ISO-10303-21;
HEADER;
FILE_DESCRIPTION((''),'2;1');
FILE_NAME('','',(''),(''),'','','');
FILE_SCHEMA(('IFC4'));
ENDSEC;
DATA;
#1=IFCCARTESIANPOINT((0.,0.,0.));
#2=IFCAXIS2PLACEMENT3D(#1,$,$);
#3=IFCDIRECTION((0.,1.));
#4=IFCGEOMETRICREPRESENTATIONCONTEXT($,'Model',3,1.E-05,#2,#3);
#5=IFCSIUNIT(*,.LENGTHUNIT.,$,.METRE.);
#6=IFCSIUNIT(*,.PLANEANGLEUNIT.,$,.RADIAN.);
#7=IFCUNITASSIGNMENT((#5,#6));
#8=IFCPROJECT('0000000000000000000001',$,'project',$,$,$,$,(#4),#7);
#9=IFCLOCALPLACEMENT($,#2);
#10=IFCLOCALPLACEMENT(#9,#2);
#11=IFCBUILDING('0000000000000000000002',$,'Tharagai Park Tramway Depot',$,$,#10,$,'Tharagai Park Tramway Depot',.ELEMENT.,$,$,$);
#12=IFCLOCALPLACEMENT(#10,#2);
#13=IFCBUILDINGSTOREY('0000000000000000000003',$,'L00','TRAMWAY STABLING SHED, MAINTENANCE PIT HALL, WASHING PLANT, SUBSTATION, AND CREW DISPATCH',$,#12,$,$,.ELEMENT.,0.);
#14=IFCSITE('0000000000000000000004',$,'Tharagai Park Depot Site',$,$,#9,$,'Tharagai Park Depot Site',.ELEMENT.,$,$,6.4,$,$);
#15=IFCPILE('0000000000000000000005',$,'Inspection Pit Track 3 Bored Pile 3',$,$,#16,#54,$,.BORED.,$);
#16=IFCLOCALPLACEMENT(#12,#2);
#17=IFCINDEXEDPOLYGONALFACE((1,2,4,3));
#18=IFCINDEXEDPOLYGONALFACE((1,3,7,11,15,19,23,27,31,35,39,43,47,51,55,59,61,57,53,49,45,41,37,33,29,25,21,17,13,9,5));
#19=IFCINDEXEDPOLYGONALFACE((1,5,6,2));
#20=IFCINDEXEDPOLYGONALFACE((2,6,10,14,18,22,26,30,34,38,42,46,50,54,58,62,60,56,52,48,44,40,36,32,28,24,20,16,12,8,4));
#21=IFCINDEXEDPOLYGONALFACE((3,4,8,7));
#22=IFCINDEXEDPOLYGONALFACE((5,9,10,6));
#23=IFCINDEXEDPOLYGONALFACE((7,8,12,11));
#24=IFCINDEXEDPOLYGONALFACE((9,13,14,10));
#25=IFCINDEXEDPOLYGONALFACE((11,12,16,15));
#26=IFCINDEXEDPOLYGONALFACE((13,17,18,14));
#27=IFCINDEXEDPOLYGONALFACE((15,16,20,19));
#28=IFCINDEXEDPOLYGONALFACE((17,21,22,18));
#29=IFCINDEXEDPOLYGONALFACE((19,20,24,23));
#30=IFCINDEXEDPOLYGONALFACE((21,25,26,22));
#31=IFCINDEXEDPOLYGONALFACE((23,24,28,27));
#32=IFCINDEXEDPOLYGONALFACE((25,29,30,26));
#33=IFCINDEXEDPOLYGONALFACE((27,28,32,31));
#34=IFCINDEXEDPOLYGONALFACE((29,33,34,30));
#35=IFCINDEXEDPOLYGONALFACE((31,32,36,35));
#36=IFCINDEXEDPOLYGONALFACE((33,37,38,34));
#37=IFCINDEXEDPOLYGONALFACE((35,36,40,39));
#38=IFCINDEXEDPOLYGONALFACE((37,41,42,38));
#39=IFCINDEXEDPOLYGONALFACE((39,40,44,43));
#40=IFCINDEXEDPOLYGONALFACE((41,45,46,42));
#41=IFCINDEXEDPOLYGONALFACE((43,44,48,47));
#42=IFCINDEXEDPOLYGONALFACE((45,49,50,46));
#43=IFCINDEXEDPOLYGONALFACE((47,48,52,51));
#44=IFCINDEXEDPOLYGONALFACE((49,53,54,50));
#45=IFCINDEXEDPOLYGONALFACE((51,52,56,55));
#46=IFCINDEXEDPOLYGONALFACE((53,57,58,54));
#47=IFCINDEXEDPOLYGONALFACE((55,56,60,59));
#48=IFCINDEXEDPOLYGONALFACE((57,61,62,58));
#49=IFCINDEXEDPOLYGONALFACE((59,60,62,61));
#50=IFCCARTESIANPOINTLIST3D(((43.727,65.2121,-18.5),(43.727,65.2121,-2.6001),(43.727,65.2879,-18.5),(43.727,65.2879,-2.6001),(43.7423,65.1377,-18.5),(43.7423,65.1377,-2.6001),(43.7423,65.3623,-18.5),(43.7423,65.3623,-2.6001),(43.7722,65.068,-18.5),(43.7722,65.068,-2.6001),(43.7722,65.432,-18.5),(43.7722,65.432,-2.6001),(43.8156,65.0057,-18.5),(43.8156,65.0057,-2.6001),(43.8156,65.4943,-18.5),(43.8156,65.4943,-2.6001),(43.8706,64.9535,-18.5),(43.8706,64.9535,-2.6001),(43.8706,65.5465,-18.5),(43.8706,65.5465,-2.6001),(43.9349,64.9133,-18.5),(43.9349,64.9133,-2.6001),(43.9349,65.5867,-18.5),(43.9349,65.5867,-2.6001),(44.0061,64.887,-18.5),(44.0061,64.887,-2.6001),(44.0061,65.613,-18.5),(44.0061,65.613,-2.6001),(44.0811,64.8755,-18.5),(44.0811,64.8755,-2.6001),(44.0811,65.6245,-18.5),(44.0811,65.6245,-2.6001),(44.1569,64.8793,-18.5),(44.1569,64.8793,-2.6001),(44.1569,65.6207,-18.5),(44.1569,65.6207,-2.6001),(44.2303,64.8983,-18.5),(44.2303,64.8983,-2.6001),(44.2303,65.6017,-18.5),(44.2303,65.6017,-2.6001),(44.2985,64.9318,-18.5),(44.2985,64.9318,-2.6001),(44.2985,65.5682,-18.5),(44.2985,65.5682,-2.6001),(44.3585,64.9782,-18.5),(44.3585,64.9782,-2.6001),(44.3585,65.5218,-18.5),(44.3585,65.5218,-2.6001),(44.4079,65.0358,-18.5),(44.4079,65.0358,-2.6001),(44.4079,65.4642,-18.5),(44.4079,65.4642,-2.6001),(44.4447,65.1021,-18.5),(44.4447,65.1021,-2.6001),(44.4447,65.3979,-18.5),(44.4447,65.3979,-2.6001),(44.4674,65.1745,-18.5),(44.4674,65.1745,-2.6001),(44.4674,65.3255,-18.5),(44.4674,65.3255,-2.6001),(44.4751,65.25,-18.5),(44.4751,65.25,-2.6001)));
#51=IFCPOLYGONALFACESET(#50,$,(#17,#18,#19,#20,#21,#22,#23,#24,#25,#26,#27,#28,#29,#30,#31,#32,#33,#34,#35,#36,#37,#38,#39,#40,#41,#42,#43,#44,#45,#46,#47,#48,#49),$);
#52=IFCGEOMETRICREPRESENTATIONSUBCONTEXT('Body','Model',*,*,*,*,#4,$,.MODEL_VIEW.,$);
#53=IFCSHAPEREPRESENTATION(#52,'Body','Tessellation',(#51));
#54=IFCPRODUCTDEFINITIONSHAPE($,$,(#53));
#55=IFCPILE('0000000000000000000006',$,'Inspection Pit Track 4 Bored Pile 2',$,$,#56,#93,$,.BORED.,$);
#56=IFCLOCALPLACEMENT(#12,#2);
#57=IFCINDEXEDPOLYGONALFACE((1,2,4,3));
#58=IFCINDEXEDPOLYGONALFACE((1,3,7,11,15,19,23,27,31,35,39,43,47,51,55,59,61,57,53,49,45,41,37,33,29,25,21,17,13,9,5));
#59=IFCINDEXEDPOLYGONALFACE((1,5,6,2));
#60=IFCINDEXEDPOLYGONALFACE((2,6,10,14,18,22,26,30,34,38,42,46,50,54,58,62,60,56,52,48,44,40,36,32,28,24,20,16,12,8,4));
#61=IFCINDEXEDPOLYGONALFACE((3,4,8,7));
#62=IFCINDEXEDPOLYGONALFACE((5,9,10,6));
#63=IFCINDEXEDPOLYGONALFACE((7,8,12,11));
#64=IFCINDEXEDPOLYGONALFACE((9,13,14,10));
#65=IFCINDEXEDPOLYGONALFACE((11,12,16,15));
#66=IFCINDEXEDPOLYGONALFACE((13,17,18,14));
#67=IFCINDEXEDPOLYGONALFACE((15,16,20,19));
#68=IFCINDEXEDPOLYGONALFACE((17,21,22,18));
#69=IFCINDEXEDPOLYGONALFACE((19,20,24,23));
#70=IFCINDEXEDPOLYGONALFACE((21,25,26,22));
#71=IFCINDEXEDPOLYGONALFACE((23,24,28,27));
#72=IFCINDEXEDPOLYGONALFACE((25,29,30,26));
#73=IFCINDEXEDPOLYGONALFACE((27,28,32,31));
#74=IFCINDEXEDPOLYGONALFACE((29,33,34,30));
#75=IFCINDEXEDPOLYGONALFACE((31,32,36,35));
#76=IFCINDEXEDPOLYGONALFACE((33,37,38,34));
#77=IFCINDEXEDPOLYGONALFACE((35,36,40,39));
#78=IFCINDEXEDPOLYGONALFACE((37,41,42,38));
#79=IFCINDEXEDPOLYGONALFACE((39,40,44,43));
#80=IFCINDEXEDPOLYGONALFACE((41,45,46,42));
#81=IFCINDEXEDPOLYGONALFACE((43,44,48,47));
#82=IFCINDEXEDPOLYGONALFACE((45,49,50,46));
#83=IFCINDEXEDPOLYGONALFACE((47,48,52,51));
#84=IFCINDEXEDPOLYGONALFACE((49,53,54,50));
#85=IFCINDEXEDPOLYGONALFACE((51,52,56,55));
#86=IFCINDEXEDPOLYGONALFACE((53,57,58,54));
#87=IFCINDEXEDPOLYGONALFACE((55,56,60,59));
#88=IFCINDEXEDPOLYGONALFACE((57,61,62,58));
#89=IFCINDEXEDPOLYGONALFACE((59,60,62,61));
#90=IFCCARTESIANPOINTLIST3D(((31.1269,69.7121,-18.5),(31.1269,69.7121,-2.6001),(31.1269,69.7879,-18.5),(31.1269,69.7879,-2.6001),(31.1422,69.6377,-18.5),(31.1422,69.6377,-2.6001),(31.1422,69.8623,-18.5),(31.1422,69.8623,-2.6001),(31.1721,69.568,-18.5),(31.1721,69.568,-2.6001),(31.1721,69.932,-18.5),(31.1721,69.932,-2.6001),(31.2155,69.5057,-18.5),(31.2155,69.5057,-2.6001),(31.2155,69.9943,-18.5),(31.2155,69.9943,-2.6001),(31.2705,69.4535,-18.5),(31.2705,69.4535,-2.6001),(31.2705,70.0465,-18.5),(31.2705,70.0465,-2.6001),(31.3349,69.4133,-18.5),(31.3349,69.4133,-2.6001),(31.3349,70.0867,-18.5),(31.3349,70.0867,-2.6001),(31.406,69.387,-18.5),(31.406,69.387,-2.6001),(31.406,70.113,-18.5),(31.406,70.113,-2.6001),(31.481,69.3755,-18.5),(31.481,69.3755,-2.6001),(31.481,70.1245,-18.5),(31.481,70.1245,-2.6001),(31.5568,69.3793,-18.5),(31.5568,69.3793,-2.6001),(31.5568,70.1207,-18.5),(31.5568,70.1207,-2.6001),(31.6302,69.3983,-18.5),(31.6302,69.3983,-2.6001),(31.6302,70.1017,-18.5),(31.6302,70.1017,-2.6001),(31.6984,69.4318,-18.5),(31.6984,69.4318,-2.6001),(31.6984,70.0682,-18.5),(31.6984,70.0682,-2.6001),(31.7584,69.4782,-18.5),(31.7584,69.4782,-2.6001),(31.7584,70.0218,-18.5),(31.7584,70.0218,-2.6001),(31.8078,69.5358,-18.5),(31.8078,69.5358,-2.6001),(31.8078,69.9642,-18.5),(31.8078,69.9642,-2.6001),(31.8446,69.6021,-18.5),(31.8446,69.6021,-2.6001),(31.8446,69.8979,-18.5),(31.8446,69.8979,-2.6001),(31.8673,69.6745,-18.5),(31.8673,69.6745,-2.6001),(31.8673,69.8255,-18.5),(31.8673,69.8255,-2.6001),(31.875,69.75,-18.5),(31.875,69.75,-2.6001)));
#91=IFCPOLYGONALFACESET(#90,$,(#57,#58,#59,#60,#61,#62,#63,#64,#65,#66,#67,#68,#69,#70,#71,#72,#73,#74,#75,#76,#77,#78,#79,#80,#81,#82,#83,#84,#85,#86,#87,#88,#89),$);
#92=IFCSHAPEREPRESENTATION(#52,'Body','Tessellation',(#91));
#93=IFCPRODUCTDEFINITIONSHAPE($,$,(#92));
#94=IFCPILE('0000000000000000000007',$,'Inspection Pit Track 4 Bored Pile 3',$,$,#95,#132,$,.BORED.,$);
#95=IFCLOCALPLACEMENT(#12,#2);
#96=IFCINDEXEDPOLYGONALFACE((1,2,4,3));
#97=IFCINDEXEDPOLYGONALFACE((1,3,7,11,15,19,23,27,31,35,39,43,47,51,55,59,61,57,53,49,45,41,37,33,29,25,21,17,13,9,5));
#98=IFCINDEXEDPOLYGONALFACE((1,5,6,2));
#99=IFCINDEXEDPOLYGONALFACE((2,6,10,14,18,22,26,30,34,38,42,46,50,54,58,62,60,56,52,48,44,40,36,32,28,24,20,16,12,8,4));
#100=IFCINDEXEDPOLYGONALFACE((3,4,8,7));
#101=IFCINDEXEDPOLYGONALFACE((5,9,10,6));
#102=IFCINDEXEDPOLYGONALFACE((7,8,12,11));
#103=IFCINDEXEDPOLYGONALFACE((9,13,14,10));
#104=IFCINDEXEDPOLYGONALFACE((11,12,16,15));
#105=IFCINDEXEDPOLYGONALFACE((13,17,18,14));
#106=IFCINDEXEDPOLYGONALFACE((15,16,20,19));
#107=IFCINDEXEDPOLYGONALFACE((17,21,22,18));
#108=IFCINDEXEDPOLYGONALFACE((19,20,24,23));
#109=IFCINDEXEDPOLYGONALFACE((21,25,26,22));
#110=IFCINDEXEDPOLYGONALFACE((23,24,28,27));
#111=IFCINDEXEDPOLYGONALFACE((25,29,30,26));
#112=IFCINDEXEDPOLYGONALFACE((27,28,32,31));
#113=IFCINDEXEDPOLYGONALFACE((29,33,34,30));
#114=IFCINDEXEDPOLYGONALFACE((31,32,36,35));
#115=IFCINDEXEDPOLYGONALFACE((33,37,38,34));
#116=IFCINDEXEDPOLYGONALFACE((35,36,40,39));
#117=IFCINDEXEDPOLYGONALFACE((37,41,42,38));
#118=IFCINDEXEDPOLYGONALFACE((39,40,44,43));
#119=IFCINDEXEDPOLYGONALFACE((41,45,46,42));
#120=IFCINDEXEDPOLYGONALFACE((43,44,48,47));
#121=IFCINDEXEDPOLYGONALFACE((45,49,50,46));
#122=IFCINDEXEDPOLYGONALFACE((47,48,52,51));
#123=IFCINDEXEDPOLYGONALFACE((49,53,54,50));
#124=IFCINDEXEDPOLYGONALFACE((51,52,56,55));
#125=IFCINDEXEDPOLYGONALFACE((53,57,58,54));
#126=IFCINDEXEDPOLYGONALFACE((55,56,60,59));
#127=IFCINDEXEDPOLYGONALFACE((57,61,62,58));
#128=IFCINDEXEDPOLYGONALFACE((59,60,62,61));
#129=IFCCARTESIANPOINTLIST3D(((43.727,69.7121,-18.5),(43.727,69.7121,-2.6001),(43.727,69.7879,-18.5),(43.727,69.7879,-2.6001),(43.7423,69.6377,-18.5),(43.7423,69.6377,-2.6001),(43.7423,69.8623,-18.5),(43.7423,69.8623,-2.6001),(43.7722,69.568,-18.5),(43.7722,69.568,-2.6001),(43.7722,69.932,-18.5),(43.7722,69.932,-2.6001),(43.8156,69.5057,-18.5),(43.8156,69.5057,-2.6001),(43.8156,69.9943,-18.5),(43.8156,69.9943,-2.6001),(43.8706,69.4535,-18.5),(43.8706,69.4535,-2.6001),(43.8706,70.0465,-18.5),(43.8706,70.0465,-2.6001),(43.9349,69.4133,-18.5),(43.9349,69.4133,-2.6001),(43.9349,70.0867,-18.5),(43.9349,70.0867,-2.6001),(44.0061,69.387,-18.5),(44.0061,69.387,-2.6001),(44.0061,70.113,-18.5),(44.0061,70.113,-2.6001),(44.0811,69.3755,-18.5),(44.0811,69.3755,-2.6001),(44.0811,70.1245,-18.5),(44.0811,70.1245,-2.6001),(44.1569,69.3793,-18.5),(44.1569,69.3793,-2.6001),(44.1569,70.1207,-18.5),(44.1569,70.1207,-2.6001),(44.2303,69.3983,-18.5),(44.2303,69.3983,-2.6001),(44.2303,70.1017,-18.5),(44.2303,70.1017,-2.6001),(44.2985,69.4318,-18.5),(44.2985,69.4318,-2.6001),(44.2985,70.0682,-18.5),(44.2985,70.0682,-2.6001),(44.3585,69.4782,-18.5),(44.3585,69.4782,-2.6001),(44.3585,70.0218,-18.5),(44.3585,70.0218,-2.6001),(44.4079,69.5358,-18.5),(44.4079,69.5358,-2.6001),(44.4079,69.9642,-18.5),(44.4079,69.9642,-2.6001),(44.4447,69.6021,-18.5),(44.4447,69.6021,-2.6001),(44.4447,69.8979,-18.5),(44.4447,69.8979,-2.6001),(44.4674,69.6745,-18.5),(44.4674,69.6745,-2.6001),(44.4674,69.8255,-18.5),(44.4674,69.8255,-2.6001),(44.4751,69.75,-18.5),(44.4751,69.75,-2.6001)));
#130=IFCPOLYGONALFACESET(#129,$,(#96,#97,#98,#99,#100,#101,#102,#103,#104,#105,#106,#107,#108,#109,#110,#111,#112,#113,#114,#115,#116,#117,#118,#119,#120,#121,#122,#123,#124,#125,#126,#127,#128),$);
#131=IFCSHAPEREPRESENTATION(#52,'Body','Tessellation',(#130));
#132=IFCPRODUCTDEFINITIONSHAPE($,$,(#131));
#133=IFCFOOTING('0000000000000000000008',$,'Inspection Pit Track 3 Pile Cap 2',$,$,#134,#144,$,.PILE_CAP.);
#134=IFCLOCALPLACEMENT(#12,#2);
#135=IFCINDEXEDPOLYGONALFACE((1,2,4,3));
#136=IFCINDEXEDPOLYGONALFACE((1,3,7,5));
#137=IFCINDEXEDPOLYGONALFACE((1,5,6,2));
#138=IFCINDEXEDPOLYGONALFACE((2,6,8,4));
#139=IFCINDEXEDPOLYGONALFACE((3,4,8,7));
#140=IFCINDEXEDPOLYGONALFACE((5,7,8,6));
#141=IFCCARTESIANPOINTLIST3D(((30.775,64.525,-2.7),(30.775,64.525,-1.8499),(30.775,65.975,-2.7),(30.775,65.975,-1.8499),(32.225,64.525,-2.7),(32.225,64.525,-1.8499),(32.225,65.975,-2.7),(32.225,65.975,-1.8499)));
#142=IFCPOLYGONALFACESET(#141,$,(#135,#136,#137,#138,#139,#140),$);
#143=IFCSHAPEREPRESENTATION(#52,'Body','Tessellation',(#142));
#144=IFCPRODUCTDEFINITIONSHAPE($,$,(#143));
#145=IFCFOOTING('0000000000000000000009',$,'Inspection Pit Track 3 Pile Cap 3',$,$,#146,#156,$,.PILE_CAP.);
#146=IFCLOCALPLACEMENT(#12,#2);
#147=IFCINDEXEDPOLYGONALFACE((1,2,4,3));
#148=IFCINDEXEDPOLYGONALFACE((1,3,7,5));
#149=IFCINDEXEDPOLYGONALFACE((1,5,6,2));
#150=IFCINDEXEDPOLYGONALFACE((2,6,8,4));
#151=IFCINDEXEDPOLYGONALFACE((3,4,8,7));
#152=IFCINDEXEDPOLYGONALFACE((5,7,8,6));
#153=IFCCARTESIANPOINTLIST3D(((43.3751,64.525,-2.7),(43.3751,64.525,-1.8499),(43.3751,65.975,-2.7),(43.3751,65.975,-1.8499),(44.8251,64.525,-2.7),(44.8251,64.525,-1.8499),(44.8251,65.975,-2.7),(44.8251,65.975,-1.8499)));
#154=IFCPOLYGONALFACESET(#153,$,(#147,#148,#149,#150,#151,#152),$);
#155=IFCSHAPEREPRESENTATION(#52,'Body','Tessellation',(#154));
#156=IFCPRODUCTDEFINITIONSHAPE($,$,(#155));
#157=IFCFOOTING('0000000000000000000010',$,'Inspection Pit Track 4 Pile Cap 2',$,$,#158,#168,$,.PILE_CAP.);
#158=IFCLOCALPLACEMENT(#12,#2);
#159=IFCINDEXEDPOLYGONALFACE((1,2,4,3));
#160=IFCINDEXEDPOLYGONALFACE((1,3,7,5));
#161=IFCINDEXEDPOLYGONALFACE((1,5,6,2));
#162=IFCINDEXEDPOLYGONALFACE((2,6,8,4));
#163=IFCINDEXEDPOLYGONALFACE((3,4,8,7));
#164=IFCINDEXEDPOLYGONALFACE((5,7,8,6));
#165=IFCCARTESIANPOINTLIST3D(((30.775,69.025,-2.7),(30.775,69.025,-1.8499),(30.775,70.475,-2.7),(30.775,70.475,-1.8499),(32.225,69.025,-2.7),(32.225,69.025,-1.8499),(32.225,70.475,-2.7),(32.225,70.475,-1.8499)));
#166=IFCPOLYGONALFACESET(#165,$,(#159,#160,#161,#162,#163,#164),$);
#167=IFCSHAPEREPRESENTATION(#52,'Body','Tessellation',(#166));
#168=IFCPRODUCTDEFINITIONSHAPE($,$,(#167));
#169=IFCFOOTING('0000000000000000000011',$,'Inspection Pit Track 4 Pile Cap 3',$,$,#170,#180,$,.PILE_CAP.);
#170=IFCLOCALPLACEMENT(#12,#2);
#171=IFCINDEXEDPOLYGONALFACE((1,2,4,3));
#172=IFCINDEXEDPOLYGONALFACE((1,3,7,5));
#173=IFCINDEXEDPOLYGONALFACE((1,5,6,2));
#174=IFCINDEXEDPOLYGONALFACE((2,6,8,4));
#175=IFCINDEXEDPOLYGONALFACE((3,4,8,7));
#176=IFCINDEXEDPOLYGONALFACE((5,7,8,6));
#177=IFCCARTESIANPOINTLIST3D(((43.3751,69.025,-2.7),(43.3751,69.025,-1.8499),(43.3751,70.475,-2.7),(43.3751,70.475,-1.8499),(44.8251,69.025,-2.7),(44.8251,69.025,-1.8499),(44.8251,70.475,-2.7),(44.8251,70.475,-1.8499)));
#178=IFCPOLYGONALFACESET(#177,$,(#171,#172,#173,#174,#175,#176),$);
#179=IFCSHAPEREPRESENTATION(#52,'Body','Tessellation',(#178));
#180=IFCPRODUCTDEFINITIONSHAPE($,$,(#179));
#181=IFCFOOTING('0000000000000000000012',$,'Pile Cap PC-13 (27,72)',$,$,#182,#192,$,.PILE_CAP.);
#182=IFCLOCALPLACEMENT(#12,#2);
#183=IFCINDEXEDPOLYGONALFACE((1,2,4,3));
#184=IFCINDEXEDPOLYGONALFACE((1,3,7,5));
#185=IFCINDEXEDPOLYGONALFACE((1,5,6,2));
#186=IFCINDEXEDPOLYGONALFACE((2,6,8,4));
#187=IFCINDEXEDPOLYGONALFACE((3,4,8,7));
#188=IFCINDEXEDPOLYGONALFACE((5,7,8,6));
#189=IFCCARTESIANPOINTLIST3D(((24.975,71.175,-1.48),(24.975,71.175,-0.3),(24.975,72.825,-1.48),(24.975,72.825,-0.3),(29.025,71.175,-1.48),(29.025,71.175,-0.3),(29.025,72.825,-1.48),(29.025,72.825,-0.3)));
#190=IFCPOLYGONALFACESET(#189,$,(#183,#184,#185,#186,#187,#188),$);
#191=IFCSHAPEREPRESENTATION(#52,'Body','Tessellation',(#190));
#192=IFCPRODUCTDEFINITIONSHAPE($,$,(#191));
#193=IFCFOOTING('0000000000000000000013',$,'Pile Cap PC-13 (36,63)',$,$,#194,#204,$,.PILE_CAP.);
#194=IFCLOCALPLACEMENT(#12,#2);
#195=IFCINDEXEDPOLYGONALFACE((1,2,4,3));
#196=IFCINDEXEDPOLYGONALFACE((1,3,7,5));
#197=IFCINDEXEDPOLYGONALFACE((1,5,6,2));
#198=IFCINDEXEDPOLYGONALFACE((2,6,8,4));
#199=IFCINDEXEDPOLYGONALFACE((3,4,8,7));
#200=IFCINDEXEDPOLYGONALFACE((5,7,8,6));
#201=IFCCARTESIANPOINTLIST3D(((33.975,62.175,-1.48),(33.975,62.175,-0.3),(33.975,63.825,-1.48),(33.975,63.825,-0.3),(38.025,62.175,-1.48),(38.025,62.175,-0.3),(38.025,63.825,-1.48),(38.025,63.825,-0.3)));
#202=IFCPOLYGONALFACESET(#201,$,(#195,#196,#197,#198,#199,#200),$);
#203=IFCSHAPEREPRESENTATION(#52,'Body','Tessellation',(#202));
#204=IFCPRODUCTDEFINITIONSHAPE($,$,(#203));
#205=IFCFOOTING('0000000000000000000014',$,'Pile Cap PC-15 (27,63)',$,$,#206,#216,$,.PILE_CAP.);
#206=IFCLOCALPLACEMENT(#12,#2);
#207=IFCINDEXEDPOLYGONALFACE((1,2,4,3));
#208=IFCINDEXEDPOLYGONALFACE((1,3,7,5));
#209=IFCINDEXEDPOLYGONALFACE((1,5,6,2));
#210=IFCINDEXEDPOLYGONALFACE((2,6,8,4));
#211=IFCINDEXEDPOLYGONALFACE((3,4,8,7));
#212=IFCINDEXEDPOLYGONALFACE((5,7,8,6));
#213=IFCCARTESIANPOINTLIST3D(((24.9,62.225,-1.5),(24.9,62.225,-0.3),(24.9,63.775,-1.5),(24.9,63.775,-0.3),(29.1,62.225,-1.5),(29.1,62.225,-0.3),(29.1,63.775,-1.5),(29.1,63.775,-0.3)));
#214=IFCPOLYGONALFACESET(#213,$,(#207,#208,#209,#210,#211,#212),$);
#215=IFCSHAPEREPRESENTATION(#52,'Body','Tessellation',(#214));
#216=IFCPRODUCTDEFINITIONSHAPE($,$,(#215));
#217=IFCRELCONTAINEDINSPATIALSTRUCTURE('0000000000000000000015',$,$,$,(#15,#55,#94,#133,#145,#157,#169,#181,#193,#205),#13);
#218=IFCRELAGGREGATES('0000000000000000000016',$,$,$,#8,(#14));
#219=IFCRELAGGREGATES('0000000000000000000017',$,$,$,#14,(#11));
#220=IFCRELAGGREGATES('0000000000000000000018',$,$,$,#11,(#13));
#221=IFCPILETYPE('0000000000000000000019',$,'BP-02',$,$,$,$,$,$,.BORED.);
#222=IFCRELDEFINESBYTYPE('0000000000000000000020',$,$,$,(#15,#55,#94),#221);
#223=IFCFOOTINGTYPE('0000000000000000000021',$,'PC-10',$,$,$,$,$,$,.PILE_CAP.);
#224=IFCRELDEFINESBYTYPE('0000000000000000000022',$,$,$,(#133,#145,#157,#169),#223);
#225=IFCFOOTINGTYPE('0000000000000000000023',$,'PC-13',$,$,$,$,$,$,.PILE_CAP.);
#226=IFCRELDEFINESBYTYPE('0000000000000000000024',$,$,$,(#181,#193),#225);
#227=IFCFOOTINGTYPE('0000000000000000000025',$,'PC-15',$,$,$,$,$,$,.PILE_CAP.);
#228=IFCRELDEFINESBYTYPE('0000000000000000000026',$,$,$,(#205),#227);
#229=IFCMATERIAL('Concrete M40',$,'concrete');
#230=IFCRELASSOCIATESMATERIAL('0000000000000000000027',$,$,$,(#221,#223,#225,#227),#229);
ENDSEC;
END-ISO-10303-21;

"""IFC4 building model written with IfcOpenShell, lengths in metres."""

from ifc_helpers import new_model, si_unit, direction, frame, origin, origin_2d, place, context, subcontext, project, spatial, rectangle, circle, extrude, material, material_profile, profile_set, type_object, element, save


model = new_model("IFC4")

# Units and contexts
model_context = context("Model", 3, precision=1e-05, world=origin(), true_north=direction((0.0, 1.0)))
body_context = subcontext(model_context, "Body", "Model", "MODEL_VIEW")
ifc_project = project(units=[si_unit("LENGTHUNIT", "METRE"), si_unit("PLANEANGLEUNIT", "RADIAN")], contexts=[model_context])

# Site, building, storey
site_placement = place(None, origin())
site = spatial("IfcSite", under=ifc_project, at=site_placement, Name="Tharagai Park Depot Site", LongName="Tharagai Park Depot Site", CompositionType="ELEMENT", RefElevation=6.4)
building_placement = place(site_placement, origin())
building = spatial("IfcBuilding", under=site, at=building_placement, Name="Tharagai Park Tramway Depot", LongName="Tharagai Park Tramway Depot", CompositionType="ELEMENT")
storey_placement = place(building_placement, origin())
storey = spatial("IfcBuildingStorey", under=building, at=storey_placement, Name="L00", Description="TRAMWAY STABLING SHED, MAINTENANCE PIT HALL, WASHING PLANT, SUBSTATION, AND CREW DISPATCH", CompositionType="ELEMENT", Elevation=0.0)

# Piles
ifc_material = material(Name="Concrete M40", Category="concrete")
ifc_material_profile_1 = material_profile(ifc_material, circle(Radius=0.375, at=origin_2d()), Name="PILE D750")
ifc_profile_set_1 = profile_set([ifc_material_profile_1], Name="Concrete M40")
pile_type_1 = type_object("IfcPileType", Name="BP-02", PredefinedType="BORED", material=ifc_profile_set_1)
for number, where, z_axis, x_axis, name in (
    (1, (44.1001, 65.25, -2.6001), (0.0, 0.0, -1.0), (1.0, 0.0, 0.0), "Inspection Pit Track 3 Bored Pile 3"),
    (2, (31.5, 69.75, -2.6001), (0.0, 0.0, -1.0), (1.0, 0.0, 0.0), "Inspection Pit Track 4 Bored Pile 2"),
    (3, (44.1001, 69.75, -2.6001), (0.0, 0.0, -1.0), (1.0, 0.0, 0.0), "Inspection Pit Track 4 Bored Pile 3"),
):
    element("IfcPile", number, at=place(storey_placement, frame(where, z_axis=z_axis, x_axis=x_axis)), inside=storey, type_object=pile_type_1, Name=name, PredefinedType="BORED", context=body_context, shape_type="SweptSolid", body=[
        extrude(circle(Radius=0.375, at=origin_2d()), origin(), (0.0, 0.0, 1.0), 15.8999),
    ])

# Footings
footing_type_1 = type_object("IfcFootingType", Name="PC-10", PredefinedType="PILE_CAP", material=ifc_material)
for number, where, z_axis, x_axis, name in (
    (4, (31.5, 65.25, -2.7), (0.0, 0.0, 1.0), (1.0, 0.0, 0.0), "Inspection Pit Track 3 Pile Cap 2"),
    (5, (44.1001, 65.25, -2.7), (0.0, 0.0, 1.0), (1.0, 0.0, 0.0), "Inspection Pit Track 3 Pile Cap 3"),
    (6, (31.5, 69.75, -2.7), (0.0, 0.0, 1.0), (1.0, 0.0, 0.0), "Inspection Pit Track 4 Pile Cap 2"),
    (7, (44.1001, 69.75, -2.7), (0.0, 0.0, 1.0), (1.0, 0.0, 0.0), "Inspection Pit Track 4 Pile Cap 3"),
):
    element("IfcFooting", number, at=place(storey_placement, frame(where, z_axis=z_axis, x_axis=x_axis)), inside=storey, type_object=footing_type_1, Name=name, PredefinedType="PILE_CAP", context=body_context, shape_type="SweptSolid", body=[
        extrude(rectangle(XDim=1.45, YDim=1.45, at=origin_2d()), origin(), (0.0, 0.0, 1.0), 0.8501),
    ])
footing_type_2 = type_object("IfcFootingType", Name="PC-13", PredefinedType="PILE_CAP", material=ifc_material)
for number, where, z_axis, x_axis, name in (
    (8, (27.0, 72.0, -1.48), (0.0, 0.0, 1.0), (1.0, 0.0, 0.0), "Pile Cap PC-13 (27,72)"),
    (9, (36.0, 63.0, -1.48), (0.0, 0.0, 1.0), (1.0, 0.0, 0.0), "Pile Cap PC-13 (36,63)"),
):
    element("IfcFooting", number, at=place(storey_placement, frame(where, z_axis=z_axis, x_axis=x_axis)), inside=storey, type_object=footing_type_2, Name=name, PredefinedType="PILE_CAP", context=body_context, shape_type="SweptSolid", body=[
        extrude(rectangle(XDim=4.05, YDim=1.6499, at=origin_2d()), origin(), (0.0, 0.0, 1.0), 1.1799),
    ])
footing_type_3 = type_object("IfcFootingType", Name="PC-15", PredefinedType="PILE_CAP", material=ifc_material)
for number, where, z_axis, x_axis, name in (
    (10, (27.0, 63.0, -1.5), (0.0, 0.0, 1.0), (1.0, 0.0, 0.0), "Pile Cap PC-15 (27,63)"),
):
    element("IfcFooting", number, at=place(storey_placement, frame(where, z_axis=z_axis, x_axis=x_axis)), inside=storey, type_object=footing_type_3, Name=name, PredefinedType="PILE_CAP", context=body_context, shape_type="SweptSolid", body=[
        extrude(rectangle(XDim=4.2, YDim=1.55, at=origin_2d()), origin(), (0.0, 0.0, 1.0), 1.2),
    ])

save(model, "model.ifc")
